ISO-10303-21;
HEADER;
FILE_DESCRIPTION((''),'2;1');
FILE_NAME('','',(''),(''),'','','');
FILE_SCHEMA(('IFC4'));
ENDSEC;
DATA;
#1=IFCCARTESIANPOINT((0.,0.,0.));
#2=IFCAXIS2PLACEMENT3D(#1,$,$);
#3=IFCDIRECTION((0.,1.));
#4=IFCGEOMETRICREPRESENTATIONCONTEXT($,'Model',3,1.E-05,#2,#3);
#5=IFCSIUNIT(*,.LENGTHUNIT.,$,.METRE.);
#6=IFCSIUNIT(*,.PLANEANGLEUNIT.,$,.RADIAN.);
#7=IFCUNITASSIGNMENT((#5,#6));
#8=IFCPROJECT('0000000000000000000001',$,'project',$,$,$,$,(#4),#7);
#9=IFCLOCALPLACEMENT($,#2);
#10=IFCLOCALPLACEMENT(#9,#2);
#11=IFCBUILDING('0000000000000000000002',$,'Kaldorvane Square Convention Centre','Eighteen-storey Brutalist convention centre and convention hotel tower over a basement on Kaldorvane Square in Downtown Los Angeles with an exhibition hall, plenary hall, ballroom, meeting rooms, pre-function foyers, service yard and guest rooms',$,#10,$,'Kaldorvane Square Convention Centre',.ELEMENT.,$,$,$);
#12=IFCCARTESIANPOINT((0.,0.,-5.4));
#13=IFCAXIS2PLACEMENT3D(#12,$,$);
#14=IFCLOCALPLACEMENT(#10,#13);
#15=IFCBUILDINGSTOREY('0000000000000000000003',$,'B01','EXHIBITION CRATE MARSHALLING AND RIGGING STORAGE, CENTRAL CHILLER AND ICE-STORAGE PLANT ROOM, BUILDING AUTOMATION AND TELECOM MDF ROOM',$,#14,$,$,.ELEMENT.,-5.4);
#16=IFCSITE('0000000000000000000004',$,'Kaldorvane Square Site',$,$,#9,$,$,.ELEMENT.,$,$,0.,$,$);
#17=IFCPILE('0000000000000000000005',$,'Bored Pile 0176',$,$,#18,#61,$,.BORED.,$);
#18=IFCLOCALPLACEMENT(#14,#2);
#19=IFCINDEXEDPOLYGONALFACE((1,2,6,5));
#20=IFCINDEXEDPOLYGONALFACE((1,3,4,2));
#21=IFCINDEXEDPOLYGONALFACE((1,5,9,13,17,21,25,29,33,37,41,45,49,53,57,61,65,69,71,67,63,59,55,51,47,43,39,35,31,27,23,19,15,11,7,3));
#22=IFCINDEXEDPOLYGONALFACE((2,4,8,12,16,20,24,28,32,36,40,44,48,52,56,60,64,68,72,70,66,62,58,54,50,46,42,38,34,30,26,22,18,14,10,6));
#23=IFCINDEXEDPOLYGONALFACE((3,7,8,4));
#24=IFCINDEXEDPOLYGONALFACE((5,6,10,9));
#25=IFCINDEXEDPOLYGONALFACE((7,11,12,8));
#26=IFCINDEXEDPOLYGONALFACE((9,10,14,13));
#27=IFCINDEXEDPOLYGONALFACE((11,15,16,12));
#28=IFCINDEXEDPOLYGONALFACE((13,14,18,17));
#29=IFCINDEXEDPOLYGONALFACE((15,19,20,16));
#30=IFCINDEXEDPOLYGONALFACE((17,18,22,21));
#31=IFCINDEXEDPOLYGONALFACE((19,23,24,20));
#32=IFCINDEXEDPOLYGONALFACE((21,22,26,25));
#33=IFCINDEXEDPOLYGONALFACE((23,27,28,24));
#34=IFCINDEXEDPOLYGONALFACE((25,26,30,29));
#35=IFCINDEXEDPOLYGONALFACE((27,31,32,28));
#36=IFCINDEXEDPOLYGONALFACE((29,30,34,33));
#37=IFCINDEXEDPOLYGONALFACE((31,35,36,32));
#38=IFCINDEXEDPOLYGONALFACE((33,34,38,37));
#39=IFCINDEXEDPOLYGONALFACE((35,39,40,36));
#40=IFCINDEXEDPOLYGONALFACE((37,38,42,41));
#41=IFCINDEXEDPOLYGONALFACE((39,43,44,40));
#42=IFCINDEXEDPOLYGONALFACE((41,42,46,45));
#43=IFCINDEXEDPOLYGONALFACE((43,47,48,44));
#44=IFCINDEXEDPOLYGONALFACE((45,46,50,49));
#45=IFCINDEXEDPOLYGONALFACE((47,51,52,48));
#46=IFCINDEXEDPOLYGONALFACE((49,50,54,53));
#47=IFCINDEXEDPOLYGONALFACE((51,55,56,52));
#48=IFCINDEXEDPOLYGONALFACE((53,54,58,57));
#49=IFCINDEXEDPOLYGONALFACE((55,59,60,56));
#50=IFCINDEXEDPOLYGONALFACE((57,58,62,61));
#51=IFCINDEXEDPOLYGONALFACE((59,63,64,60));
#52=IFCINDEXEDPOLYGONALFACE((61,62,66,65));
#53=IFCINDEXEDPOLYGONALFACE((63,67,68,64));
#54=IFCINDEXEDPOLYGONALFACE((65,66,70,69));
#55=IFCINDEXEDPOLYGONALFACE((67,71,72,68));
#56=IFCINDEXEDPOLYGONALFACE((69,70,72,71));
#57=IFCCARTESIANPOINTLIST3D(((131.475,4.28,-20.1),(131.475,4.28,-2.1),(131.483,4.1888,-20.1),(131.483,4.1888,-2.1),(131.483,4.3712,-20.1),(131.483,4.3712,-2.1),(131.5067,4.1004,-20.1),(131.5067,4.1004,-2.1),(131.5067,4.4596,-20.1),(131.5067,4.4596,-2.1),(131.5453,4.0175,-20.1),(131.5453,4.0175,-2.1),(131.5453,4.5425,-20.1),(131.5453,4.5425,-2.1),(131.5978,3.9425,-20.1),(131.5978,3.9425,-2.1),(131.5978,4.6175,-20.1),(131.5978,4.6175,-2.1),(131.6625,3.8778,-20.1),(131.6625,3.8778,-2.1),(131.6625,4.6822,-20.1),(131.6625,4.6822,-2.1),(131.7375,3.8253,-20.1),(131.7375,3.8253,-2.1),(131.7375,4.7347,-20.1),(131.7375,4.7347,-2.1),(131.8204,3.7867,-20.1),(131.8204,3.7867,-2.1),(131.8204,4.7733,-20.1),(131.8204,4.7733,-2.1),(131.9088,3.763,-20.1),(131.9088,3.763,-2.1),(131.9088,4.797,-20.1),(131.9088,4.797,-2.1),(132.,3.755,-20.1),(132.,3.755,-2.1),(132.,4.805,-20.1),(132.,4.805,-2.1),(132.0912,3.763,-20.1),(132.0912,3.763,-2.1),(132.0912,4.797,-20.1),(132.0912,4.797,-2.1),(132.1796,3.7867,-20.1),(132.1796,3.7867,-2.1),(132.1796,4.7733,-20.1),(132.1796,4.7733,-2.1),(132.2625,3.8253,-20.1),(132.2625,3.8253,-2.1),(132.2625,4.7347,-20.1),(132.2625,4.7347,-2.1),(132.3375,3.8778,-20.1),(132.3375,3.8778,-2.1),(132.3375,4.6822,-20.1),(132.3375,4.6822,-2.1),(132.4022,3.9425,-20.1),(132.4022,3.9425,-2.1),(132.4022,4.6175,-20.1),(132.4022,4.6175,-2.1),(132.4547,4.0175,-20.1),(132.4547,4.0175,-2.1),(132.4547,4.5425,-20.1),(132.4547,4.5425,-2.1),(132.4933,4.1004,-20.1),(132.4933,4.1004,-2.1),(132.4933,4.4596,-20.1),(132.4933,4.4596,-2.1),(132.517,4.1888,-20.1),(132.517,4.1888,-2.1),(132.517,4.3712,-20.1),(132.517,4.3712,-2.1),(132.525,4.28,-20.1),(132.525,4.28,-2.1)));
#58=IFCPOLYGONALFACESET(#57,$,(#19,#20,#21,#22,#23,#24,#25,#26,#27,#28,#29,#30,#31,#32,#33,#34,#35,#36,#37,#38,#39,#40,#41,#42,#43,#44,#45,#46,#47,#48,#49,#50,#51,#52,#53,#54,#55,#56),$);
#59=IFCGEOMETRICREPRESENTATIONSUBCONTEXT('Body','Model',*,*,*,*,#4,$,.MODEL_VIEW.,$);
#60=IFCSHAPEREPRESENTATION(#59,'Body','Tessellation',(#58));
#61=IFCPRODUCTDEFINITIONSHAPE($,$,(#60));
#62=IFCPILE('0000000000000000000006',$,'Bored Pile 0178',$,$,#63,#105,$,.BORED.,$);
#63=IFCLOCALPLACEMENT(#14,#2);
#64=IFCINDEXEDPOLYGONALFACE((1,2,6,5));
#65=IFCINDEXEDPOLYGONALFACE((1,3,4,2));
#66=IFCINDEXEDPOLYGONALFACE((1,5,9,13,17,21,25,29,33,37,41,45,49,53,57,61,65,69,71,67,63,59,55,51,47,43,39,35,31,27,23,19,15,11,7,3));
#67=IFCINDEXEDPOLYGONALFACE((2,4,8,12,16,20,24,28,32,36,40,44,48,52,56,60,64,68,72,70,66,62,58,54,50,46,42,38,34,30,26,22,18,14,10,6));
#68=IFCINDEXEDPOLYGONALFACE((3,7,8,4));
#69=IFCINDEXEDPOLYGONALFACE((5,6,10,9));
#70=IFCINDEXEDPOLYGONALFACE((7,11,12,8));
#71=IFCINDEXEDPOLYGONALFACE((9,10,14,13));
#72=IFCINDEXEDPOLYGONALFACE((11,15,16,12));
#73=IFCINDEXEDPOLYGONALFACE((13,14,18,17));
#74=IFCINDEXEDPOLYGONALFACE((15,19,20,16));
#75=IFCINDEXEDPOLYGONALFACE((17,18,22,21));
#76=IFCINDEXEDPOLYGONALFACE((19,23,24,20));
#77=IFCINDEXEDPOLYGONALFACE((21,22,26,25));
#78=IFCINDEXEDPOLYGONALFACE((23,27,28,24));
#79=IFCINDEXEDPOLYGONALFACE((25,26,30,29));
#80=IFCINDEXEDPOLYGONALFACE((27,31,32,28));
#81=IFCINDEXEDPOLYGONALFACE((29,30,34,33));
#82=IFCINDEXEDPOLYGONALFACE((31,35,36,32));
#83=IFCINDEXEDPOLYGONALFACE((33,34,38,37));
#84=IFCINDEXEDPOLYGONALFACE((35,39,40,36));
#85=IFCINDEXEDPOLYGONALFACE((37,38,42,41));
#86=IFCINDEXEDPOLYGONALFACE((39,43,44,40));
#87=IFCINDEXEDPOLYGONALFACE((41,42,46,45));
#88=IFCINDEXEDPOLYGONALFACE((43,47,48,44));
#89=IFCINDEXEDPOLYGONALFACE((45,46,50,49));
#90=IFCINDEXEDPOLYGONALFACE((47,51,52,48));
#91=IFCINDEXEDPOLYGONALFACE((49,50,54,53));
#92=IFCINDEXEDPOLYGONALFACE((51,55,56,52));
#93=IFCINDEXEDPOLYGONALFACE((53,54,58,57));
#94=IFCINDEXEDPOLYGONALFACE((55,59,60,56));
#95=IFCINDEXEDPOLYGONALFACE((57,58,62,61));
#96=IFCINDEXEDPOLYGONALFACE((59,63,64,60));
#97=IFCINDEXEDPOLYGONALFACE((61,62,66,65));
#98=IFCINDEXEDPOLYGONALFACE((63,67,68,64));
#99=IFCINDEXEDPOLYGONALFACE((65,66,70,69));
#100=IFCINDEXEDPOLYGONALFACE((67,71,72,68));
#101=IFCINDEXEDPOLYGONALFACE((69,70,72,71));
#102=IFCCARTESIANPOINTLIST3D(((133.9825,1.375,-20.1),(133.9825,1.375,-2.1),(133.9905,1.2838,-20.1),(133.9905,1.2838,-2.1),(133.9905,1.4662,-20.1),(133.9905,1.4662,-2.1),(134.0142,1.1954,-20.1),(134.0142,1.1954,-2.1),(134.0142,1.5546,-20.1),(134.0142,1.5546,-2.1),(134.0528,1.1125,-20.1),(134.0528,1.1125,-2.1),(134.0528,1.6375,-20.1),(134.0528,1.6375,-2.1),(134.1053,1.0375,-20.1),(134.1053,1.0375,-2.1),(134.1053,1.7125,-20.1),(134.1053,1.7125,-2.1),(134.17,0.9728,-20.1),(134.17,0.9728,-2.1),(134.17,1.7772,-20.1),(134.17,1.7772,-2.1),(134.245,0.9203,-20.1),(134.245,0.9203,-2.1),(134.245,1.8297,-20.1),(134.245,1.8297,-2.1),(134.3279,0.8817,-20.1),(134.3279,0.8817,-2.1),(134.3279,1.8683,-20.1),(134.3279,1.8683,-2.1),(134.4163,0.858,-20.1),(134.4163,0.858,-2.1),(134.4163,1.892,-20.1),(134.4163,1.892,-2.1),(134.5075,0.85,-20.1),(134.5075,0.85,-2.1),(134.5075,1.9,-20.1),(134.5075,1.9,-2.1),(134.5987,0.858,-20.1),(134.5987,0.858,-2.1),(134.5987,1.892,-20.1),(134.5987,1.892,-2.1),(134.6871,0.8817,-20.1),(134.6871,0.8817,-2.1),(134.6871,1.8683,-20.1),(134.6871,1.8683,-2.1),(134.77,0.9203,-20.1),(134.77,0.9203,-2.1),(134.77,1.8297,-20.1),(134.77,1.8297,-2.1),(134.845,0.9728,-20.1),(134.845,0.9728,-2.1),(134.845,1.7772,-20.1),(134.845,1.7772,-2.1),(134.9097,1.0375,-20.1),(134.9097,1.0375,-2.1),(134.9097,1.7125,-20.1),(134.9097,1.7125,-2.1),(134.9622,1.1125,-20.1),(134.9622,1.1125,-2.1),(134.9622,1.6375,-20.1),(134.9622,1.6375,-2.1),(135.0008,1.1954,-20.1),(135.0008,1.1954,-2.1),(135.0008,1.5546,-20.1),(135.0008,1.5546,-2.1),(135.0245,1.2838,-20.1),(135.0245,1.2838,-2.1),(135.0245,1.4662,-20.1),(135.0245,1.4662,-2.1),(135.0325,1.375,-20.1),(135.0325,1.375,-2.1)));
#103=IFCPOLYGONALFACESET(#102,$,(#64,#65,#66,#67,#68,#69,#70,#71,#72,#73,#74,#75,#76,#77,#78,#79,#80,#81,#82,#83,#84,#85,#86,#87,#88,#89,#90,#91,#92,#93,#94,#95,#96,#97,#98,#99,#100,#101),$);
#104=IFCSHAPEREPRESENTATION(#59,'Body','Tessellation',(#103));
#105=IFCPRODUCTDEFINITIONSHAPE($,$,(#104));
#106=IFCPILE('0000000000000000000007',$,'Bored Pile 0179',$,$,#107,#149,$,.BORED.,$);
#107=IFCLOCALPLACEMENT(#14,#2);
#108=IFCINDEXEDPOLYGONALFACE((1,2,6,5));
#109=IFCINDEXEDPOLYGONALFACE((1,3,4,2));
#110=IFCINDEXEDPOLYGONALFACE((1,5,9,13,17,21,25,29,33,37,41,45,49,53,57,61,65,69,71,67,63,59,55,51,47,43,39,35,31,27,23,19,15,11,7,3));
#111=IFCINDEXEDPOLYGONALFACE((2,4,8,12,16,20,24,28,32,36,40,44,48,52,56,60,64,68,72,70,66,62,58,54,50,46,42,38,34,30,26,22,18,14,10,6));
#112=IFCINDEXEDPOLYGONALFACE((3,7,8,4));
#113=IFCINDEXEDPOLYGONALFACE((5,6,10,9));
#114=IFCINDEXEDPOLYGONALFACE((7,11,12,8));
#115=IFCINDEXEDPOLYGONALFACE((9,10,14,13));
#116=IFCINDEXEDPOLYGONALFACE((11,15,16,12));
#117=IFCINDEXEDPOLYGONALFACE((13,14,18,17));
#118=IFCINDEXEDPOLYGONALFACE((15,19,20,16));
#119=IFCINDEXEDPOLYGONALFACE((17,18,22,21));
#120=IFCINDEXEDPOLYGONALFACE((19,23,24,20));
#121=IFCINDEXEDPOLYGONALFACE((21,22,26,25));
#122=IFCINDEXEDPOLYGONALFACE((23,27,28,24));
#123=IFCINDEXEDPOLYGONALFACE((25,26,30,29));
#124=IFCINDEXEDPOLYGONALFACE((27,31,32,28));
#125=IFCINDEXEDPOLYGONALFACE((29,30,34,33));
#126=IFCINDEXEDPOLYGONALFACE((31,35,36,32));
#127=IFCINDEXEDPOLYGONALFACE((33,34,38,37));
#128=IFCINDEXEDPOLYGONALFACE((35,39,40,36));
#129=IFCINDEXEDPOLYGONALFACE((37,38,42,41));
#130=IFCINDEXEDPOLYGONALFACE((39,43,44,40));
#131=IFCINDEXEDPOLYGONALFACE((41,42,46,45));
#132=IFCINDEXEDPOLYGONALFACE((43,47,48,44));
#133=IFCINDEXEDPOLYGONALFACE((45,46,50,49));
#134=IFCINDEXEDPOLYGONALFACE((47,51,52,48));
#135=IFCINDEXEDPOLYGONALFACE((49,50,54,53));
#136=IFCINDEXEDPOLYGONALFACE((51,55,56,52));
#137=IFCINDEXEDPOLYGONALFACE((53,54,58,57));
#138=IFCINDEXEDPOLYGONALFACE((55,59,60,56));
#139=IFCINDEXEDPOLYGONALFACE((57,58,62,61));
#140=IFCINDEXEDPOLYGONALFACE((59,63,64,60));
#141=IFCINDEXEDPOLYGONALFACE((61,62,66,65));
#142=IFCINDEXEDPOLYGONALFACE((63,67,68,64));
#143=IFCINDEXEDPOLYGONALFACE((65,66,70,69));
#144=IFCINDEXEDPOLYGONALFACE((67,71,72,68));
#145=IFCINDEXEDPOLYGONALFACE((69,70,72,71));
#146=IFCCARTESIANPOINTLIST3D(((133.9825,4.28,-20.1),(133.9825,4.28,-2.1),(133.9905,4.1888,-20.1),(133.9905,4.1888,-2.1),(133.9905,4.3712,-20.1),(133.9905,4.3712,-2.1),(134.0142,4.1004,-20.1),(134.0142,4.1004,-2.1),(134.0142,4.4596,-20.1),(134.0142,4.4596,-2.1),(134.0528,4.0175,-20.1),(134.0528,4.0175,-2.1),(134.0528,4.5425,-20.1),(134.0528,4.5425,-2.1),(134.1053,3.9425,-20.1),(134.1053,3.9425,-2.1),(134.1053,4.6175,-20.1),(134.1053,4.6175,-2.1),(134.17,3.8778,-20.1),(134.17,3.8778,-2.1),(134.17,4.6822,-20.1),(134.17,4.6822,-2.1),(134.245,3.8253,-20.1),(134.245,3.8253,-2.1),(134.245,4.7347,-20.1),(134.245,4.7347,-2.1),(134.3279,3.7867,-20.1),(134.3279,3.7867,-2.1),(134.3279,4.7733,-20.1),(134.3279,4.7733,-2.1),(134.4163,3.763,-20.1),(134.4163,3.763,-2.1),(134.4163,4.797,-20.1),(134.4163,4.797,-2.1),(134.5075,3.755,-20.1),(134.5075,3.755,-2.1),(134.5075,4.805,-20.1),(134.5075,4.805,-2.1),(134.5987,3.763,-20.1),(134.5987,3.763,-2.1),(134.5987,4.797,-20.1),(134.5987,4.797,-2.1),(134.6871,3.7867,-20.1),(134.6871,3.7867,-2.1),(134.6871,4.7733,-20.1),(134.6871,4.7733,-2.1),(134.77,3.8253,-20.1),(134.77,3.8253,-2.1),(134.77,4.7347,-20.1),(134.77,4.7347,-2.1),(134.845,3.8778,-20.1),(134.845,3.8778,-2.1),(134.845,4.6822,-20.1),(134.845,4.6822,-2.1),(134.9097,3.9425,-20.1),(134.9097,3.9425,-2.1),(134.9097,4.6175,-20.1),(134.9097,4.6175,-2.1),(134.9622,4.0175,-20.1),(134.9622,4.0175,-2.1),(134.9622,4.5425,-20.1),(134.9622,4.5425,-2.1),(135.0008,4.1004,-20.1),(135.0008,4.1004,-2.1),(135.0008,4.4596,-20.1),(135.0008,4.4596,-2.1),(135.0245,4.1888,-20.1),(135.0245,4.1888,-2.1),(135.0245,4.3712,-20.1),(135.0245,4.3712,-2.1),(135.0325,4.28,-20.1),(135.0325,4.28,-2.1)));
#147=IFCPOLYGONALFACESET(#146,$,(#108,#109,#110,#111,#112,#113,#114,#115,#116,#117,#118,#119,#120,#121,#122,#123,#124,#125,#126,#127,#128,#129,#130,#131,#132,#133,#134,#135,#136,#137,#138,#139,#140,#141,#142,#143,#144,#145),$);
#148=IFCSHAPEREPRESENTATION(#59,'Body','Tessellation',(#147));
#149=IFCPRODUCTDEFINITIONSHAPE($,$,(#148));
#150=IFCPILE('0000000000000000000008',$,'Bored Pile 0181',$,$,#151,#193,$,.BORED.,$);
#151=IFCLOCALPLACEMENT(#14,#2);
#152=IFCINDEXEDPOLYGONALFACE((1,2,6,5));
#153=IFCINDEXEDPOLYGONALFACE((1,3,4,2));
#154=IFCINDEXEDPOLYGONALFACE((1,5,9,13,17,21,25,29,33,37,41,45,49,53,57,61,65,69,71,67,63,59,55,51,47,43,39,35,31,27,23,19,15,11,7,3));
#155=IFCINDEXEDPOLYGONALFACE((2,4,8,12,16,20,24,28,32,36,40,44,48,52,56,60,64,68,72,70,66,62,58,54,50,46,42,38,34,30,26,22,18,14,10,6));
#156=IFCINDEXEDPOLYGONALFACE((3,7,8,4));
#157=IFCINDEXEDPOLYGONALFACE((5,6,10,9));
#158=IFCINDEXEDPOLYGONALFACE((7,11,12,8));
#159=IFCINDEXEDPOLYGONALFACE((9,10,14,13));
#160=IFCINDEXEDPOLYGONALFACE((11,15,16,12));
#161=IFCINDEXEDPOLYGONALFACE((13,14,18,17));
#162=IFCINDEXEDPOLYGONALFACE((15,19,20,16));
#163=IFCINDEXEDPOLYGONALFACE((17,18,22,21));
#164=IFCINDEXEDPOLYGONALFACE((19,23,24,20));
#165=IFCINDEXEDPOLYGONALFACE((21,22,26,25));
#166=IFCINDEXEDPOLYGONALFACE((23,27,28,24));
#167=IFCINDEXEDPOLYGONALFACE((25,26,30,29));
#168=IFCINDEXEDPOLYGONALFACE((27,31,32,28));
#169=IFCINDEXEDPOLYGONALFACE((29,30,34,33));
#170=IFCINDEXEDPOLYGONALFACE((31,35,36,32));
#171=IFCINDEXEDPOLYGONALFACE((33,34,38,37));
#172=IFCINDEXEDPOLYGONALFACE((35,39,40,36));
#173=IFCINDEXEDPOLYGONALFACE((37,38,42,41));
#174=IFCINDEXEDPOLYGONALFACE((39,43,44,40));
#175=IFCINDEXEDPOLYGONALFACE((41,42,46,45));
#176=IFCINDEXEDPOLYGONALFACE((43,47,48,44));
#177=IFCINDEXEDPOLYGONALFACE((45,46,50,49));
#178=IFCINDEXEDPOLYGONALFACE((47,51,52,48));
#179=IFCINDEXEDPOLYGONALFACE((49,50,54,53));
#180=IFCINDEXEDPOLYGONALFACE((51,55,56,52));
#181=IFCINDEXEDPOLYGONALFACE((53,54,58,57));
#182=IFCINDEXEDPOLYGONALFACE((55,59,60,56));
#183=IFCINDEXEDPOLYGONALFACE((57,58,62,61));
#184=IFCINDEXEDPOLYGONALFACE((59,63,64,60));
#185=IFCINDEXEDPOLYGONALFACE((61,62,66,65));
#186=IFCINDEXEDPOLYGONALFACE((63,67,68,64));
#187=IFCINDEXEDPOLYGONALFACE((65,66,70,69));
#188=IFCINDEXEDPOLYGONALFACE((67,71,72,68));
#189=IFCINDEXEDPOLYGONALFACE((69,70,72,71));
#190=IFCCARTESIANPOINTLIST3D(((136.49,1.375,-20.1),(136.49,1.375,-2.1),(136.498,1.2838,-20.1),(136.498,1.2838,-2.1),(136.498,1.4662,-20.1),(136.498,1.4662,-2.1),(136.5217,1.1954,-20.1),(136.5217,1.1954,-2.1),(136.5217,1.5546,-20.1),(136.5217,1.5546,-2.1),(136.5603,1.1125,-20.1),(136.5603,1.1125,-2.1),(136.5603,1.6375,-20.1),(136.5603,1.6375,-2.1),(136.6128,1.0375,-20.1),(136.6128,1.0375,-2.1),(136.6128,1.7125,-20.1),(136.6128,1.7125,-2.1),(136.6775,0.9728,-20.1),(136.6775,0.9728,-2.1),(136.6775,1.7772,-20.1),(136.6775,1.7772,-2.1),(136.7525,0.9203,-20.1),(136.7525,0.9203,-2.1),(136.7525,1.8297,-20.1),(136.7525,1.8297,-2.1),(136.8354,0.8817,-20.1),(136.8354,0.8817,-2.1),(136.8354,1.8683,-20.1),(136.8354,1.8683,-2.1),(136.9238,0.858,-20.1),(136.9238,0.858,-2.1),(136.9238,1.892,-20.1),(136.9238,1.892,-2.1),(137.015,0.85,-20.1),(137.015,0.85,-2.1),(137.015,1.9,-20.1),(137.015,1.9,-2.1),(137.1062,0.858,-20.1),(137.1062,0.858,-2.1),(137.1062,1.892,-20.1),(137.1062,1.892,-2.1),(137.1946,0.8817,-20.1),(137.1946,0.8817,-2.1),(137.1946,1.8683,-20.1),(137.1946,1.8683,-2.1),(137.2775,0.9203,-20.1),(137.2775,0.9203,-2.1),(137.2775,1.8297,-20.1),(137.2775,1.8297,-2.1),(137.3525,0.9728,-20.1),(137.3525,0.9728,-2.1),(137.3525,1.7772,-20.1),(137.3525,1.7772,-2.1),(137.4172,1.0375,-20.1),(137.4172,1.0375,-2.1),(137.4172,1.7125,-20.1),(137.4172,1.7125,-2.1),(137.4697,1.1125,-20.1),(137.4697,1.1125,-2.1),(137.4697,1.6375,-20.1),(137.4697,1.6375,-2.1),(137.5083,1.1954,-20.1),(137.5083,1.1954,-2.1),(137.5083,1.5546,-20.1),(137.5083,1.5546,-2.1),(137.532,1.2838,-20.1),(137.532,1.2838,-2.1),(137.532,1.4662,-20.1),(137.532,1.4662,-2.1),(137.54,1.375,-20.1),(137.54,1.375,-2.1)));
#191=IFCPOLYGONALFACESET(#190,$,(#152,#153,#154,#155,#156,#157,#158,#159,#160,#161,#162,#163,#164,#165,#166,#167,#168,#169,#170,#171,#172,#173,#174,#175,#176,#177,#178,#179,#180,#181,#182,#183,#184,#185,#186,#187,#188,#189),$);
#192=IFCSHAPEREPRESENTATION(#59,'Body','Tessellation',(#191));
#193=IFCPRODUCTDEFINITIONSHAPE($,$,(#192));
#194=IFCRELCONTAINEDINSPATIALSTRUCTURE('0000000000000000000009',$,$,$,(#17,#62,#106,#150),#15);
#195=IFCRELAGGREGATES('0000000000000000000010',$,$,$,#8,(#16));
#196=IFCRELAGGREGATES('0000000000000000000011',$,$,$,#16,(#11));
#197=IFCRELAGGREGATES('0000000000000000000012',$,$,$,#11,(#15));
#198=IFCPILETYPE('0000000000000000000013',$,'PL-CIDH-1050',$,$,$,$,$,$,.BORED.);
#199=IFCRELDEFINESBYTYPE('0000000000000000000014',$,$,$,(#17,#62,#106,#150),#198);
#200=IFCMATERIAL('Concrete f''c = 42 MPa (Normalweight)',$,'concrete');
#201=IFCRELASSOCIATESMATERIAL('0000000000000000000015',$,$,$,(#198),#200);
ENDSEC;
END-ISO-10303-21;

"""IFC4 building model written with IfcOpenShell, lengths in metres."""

from ifc_helpers import new_model, si_unit, direction, frame, origin, origin_2d, place, context, subcontext, project, spatial, circle, extrude, material, material_profile, profile_set, type_object, element, save


model = new_model("IFC4")

# Units and contexts
model_context = context("Model", 3, precision=1e-05, world=origin(), true_north=direction((0.0, 1.0)))
body_context = subcontext(model_context, "Body", "Model", "MODEL_VIEW")
ifc_project = project(units=[si_unit("LENGTHUNIT", "METRE"), si_unit("PLANEANGLEUNIT", "RADIAN")], contexts=[model_context])

# Site, building, storey
site_placement = place(None, origin())
site = spatial("IfcSite", under=ifc_project, at=site_placement, Name="Kaldorvane Square Site", CompositionType="ELEMENT", RefElevation=0.0)
building_placement = place(site_placement, origin())
building = spatial("IfcBuilding", under=site, at=building_placement, Name="Kaldorvane Square Convention Centre", Description="Eighteen-storey Brutalist convention centre and convention hotel tower over a basement on Kaldorvane Square in Downtown Los Angeles with an exhibition hall, plenary hall, ballroom, meeting rooms, pre-function foyers, service yard and guest rooms", LongName="Kaldorvane Square Convention Centre", CompositionType="ELEMENT")
storey_placement = place(building_placement, frame((0.0, 0.0, -5.4)))
storey = spatial("IfcBuildingStorey", under=building, at=storey_placement, Name="B01", Description="EXHIBITION CRATE MARSHALLING AND RIGGING STORAGE, CENTRAL CHILLER AND ICE-STORAGE PLANT ROOM, BUILDING AUTOMATION AND TELECOM MDF ROOM", CompositionType="ELEMENT", Elevation=-5.4)

# Shared definitions
ifc_material_1 = material(Name="Concrete f'c = 42 MPa (Normalweight)", Category="concrete")

# Piles
ifc_material_profile_1 = material_profile(ifc_material_1, circle(Radius=0.525, at=origin_2d()), Name="PILE-D1050")
ifc_profile_set_1 = profile_set([ifc_material_profile_1], Name="Concrete f'c = 42 MPa (Normalweight)")
pile_type_1 = type_object("IfcPileType", Name="PL-CIDH-1050", PredefinedType="BORED", material=ifc_profile_set_1)
for number, where, z_axis, x_axis, name in (
    (1, (132.0, 4.28, -2.1), (0.0, 0.0, -1.0), (1.0, 0.0, 0.0), "Bored Pile 0176"),
    (2, (134.5075, 1.375, -2.1), (0.0, 0.0, -1.0), (1.0, 0.0, 0.0), "Bored Pile 0178"),
    (3, (134.5075, 4.28, -2.1), (0.0, 0.0, -1.0), (1.0, 0.0, 0.0), "Bored Pile 0179"),
    (4, (137.015, 1.375, -2.1), (0.0, 0.0, -1.0), (1.0, 0.0, 0.0), "Bored Pile 0181"),
):
    element("IfcPile", number, at=place(storey_placement, frame(where, z_axis=z_axis, x_axis=x_axis)), inside=storey, type_object=pile_type_1, Name=name, PredefinedType="BORED", context=body_context, shape_type="SweptSolid", body=[
        extrude(circle(Radius=0.525, at=origin_2d()), origin(), (0.0, 0.0, 1.0), 18.0),
    ])

save(model, "model.ifc")
